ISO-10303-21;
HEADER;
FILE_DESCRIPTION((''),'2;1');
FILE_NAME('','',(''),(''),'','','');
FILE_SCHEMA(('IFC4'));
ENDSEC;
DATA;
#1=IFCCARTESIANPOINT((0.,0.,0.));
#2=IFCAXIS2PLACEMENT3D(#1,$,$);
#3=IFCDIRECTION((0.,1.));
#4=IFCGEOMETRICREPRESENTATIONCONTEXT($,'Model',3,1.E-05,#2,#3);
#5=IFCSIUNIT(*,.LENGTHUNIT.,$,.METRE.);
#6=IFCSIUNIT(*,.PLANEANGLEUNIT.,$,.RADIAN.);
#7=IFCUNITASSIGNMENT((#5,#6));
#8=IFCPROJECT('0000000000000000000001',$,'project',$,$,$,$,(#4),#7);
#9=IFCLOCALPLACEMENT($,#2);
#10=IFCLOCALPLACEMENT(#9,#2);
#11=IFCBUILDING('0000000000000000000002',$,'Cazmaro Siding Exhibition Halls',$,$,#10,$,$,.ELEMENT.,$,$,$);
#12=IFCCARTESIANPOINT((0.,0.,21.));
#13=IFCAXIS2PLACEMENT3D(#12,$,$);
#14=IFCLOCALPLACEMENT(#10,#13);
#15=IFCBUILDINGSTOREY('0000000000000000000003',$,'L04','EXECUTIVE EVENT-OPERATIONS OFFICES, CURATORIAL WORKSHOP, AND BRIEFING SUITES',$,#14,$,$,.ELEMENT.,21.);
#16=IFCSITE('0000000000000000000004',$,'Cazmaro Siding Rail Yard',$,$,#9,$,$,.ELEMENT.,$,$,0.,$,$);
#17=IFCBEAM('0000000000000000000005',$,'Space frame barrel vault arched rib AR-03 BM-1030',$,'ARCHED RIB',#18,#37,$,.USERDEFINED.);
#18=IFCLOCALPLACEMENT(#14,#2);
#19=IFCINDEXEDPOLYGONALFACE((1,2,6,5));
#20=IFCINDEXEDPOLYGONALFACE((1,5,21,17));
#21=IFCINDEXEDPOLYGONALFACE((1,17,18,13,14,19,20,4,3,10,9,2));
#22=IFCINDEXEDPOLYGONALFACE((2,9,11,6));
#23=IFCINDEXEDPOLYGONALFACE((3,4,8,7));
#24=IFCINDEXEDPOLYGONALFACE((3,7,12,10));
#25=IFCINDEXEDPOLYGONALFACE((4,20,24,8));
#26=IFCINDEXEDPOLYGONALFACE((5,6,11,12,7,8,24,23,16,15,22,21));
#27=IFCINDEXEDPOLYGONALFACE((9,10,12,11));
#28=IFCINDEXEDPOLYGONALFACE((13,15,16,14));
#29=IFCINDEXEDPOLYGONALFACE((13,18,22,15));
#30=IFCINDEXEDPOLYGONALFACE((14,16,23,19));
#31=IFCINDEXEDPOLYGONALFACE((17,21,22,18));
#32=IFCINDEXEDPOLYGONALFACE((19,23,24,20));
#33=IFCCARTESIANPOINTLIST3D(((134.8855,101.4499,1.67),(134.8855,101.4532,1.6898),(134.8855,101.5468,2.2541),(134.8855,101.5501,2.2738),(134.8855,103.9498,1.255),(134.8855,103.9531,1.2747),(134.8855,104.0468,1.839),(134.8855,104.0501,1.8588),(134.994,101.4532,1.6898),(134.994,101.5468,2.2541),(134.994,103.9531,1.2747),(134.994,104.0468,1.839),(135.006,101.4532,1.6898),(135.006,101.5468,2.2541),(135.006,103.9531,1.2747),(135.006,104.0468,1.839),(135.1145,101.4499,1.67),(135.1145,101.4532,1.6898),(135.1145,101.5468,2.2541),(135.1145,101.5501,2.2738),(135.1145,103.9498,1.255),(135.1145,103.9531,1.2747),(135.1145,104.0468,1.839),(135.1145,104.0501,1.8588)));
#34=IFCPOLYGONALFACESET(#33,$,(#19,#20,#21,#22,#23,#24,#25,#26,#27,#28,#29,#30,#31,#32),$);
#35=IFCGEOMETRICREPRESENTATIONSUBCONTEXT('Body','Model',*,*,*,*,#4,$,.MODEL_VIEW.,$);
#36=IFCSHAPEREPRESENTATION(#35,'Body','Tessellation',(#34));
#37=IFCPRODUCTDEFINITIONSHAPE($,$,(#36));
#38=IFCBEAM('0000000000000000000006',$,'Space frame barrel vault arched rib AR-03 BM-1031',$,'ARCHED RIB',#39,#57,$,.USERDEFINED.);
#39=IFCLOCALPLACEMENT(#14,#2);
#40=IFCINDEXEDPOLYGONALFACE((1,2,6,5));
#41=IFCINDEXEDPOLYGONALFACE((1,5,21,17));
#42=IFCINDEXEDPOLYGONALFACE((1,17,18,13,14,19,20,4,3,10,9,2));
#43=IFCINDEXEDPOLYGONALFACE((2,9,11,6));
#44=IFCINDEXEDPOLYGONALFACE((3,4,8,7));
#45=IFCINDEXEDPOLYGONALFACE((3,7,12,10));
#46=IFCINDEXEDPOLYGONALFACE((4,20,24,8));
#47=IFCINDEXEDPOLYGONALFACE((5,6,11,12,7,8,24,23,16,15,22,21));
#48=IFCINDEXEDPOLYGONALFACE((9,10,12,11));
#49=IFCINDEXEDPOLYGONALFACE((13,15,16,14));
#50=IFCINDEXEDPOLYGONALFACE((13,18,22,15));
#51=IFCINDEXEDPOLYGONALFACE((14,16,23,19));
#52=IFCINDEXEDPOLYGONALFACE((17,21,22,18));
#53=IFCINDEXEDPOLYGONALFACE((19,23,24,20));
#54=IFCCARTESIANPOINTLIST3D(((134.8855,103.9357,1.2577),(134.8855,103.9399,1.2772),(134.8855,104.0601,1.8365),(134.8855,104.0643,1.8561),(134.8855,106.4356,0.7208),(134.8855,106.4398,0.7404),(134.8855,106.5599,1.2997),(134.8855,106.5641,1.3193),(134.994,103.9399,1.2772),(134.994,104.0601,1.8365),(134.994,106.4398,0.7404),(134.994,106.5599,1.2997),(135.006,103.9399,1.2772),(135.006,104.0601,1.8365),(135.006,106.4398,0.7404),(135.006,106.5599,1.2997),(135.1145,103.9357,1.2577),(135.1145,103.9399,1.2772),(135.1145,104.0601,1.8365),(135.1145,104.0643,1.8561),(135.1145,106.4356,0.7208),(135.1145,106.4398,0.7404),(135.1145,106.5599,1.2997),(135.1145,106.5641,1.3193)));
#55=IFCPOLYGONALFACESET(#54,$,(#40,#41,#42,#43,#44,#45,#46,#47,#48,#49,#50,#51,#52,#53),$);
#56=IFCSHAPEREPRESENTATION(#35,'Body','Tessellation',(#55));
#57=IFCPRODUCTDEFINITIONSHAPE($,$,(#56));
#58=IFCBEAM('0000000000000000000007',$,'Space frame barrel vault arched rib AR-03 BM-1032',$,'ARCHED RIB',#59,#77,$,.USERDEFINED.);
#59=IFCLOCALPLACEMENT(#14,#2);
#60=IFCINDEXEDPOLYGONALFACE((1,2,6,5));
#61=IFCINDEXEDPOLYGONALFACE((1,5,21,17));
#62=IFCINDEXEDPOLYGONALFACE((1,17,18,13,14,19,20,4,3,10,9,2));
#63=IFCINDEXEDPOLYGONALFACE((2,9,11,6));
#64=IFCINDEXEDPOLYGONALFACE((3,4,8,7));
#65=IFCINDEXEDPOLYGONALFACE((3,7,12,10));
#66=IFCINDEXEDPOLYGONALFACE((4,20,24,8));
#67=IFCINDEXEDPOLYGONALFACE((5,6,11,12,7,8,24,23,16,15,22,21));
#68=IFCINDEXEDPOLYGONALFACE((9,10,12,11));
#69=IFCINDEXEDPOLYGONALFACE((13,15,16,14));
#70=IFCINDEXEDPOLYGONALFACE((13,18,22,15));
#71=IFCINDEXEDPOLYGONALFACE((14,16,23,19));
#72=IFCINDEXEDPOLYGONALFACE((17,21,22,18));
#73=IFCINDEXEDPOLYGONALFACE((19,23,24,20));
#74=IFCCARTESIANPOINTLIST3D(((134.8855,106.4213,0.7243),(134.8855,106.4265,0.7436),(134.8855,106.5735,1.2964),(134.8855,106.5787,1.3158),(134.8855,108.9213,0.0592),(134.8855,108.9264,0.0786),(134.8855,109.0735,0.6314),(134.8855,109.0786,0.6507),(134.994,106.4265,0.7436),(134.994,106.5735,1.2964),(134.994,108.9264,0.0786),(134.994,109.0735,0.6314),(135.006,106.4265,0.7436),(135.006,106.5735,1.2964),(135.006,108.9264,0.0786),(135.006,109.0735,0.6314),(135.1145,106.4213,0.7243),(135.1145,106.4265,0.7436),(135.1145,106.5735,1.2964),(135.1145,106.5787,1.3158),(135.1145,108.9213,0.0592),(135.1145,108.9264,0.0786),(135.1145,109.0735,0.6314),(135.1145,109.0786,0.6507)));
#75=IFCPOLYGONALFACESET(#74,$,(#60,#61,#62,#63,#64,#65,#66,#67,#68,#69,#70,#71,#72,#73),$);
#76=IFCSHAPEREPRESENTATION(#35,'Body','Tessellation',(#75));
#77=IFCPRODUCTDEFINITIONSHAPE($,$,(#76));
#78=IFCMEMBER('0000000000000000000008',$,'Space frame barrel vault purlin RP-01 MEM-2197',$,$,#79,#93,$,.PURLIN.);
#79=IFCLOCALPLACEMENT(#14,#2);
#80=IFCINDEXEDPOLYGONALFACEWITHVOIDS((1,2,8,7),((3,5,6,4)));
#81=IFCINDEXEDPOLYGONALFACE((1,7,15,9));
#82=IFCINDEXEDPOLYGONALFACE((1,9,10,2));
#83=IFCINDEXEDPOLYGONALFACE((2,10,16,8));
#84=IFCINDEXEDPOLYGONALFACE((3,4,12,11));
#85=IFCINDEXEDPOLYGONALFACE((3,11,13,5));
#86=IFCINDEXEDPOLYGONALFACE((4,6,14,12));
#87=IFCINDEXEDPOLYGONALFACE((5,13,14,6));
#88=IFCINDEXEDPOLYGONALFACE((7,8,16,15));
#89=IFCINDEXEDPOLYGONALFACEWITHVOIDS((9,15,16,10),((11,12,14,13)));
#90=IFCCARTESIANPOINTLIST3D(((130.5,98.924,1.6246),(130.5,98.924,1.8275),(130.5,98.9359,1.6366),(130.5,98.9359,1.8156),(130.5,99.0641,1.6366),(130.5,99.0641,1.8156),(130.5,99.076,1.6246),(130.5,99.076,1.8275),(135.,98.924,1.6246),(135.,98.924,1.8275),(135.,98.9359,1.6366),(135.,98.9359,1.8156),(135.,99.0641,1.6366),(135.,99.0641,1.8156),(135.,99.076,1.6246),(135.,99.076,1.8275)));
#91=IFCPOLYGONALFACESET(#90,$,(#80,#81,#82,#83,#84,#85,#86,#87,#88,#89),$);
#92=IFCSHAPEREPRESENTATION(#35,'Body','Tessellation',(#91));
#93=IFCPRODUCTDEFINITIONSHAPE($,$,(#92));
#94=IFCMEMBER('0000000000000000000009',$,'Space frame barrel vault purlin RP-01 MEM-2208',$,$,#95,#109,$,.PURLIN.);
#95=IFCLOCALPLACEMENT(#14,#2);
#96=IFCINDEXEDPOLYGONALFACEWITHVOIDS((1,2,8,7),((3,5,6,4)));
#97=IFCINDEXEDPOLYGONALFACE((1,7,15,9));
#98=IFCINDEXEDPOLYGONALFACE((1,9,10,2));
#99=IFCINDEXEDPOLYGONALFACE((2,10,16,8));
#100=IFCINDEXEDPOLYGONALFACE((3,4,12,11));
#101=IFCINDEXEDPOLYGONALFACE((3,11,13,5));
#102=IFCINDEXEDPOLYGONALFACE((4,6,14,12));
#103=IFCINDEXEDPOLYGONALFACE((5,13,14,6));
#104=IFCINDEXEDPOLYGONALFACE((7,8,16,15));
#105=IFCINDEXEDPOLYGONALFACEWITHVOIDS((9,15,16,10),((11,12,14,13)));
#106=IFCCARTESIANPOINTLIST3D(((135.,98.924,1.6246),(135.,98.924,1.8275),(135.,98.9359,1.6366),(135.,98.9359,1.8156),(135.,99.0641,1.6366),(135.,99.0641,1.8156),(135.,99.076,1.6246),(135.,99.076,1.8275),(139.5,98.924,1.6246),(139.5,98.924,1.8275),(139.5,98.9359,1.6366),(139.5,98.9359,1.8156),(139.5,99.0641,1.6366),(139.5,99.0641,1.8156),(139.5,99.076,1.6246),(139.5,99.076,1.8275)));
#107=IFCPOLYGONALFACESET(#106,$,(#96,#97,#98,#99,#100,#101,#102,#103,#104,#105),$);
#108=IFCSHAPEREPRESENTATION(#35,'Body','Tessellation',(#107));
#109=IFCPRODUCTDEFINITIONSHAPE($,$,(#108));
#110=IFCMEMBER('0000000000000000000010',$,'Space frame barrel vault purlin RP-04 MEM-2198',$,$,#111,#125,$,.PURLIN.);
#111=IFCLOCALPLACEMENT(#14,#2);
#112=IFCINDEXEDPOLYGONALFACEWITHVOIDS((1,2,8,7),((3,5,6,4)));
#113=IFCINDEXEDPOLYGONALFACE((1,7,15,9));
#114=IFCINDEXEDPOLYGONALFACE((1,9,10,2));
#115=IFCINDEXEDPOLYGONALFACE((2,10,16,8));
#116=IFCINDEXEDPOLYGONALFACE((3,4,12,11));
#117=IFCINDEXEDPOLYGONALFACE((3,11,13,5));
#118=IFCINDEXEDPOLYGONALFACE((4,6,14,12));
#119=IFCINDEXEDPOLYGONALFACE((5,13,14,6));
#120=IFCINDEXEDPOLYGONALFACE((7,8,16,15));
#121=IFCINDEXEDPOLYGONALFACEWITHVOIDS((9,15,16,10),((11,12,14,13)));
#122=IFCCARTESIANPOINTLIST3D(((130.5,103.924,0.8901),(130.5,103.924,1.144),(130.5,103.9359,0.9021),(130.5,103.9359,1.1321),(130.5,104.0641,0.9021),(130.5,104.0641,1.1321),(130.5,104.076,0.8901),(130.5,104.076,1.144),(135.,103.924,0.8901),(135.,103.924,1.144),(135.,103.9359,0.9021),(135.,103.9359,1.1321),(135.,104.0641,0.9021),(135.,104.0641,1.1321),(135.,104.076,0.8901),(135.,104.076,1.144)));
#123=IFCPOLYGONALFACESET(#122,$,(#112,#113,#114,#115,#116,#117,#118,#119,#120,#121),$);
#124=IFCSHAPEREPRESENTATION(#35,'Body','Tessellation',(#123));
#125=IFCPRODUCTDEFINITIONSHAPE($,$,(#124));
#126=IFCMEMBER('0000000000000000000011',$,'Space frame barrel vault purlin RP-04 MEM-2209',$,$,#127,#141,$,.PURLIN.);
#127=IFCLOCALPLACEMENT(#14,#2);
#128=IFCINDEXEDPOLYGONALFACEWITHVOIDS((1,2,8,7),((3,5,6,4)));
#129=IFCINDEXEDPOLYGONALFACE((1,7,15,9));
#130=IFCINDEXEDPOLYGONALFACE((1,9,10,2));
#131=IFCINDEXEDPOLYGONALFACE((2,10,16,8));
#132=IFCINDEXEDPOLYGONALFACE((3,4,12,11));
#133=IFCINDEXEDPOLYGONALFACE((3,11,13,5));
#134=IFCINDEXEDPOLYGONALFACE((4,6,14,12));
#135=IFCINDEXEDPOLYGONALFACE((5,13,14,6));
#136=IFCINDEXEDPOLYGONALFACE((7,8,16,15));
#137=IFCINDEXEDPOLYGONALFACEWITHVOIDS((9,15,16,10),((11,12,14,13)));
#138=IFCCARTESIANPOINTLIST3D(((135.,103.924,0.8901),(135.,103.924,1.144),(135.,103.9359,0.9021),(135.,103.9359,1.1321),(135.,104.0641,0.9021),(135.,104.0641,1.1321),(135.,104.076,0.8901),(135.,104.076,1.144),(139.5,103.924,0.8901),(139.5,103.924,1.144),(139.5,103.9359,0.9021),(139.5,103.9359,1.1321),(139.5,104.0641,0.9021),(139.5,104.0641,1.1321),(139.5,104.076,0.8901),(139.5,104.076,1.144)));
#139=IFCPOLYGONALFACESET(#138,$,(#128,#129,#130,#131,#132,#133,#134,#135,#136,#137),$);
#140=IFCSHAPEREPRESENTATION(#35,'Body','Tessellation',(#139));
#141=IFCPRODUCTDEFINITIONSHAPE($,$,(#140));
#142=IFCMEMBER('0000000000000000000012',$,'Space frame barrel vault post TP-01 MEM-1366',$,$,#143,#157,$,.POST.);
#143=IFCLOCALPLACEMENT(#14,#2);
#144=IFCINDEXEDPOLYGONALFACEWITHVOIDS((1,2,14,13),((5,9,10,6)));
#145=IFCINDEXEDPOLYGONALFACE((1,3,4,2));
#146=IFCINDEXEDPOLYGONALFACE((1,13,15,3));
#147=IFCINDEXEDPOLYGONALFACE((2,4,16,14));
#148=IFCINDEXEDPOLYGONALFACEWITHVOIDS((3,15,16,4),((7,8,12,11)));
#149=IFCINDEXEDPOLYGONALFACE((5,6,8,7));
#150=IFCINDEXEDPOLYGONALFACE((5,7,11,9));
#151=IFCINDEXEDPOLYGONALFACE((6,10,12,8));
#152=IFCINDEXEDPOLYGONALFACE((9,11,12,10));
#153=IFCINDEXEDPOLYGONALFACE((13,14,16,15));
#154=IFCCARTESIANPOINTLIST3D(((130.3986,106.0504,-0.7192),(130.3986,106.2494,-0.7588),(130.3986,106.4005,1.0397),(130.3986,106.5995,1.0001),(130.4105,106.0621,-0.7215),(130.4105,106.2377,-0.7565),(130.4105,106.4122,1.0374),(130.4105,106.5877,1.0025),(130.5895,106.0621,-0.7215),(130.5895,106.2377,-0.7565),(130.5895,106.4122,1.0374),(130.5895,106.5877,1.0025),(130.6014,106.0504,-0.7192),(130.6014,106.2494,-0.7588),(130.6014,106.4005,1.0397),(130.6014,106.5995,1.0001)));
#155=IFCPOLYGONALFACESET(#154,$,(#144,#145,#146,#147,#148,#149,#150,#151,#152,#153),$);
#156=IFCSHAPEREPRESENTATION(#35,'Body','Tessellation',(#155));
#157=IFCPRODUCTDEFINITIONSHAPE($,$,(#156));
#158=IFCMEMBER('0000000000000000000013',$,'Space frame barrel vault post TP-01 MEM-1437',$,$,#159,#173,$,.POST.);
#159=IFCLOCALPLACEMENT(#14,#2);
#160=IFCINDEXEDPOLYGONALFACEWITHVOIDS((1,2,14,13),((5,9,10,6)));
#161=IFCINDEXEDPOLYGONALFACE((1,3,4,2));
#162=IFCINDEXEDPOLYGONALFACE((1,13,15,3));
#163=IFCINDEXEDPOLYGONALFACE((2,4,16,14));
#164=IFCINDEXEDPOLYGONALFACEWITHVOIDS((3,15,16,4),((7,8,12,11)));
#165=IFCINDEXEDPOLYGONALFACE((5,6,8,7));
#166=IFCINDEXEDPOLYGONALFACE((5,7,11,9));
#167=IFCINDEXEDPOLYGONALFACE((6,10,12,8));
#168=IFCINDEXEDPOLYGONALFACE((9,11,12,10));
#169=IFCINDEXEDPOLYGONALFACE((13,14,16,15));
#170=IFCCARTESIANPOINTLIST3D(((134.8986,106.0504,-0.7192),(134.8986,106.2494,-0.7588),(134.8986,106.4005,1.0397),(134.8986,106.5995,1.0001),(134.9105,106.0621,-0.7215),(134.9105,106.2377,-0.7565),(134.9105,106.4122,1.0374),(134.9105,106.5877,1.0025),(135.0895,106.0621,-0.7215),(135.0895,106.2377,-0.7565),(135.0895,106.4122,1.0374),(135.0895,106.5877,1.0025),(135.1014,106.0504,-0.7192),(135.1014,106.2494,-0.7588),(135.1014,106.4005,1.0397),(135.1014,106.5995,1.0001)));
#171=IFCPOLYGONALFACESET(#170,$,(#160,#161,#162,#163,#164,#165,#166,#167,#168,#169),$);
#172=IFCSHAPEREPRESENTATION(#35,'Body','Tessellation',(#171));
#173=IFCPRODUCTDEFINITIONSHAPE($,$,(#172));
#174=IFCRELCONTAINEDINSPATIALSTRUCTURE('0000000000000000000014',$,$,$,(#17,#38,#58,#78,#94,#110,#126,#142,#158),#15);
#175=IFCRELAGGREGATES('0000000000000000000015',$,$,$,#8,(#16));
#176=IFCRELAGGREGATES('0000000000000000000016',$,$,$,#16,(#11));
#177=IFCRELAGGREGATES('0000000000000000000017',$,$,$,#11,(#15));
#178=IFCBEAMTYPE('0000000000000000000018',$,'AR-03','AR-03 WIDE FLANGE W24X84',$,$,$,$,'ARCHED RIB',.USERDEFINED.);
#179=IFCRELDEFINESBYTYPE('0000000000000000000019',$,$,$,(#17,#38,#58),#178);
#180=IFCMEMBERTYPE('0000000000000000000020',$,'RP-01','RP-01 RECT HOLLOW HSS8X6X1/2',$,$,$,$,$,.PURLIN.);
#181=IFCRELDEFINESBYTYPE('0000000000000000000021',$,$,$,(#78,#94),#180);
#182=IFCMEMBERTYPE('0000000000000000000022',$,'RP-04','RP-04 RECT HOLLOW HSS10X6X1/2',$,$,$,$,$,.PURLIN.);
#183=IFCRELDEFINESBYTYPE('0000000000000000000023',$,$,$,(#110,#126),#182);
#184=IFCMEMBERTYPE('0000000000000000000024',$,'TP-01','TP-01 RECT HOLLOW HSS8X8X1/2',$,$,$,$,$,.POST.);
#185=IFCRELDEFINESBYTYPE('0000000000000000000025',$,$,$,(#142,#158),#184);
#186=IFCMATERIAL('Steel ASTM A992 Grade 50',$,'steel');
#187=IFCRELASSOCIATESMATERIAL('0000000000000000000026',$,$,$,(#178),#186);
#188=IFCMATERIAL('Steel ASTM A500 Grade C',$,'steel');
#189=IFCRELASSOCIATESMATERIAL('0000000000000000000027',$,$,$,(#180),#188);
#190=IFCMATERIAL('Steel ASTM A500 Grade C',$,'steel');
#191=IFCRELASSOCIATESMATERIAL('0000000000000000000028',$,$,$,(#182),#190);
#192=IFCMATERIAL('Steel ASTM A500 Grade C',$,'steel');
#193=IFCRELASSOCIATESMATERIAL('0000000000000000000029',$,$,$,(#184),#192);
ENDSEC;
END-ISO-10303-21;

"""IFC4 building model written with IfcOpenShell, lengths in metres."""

from ifc_helpers import new_model, si_unit, direction, frame, origin, origin_2d, place, context, subcontext, project, spatial, hollow_rectangle, i_section, extrude, material, material_profile, profile_set, type_object, element, save


model = new_model("IFC4")

# Units and contexts
model_context = context("Model", 3, precision=1e-05, world=origin(), true_north=direction((0.0, 1.0)))
body_context = subcontext(model_context, "Body", "Model", "MODEL_VIEW")
ifc_project = project(units=[si_unit("LENGTHUNIT", "METRE"), si_unit("PLANEANGLEUNIT", "RADIAN")], contexts=[model_context])

# Site, building, storey
site_placement = place(None, origin())
site = spatial("IfcSite", under=ifc_project, at=site_placement, Name="Cazmaro Siding Rail Yard", CompositionType="ELEMENT", RefElevation=0.0)
building_placement = place(site_placement, origin())
building = spatial("IfcBuilding", under=site, at=building_placement, Name="Cazmaro Siding Exhibition Halls", CompositionType="ELEMENT")
storey_placement = place(building_placement, frame((0.0, 0.0, 21.0)))
storey = spatial("IfcBuildingStorey", under=building, at=storey_placement, Name="L04", Description="EXECUTIVE EVENT-OPERATIONS OFFICES, CURATORIAL WORKSHOP, AND BRIEFING SUITES", CompositionType="ELEMENT", Elevation=21.0)

# Beams
ifc_material_1 = material(Name="Steel ASTM A992 Grade 50", Category="steel")
ifc_material_profile_1 = material_profile(ifc_material_1, i_section(OverallWidth=0.229, OverallDepth=0.6121, WebThickness=0.012, FlangeThickness=0.02, at=origin_2d()), Name="W24X84")
ifc_profile_set_1 = profile_set([ifc_material_profile_1], Name="Steel ASTM A992 Grade 50")
beam_type_1 = type_object("IfcBeamType", Name="AR-03", Description="AR-03 WIDE FLANGE W24X84", ElementType="ARCHED RIB", PredefinedType="USERDEFINED", material=ifc_profile_set_1)
beam_1_placement = place(storey_placement, frame((135.0, 101.5, 1.9719), z_axis=(0.0, 0.986498, -0.163774), x_axis=(-1.0, 0.0, 0.0)))
element("IfcBeam", 1, at=beam_1_placement, inside=storey, type_object=beam_type_1, Name="Space frame barrel vault arched rib AR-03 BM-1030", ObjectType="ARCHED RIB", PredefinedType="USERDEFINED", context=body_context, shape_type="SweptSolid", body=[
    extrude(i_section(OverallWidth=0.229, OverallDepth=0.6121, WebThickness=0.012, FlangeThickness=0.02, at=origin_2d()), origin(), (0.0, 0.0, 1.0), 2.5342),
])
beam_2_placement = place(storey_placement, frame((135.0, 104.0, 1.5569), z_axis=(0.0, 0.97771, -0.209959), x_axis=(-1.0, 0.0, 0.0)))
element("IfcBeam", 2, at=beam_2_placement, inside=storey, type_object=beam_type_1, Name="Space frame barrel vault arched rib AR-03 BM-1031", ObjectType="ARCHED RIB", PredefinedType="USERDEFINED", context=body_context, shape_type="SweptSolid", body=[
    extrude(i_section(OverallWidth=0.229, OverallDepth=0.6121, WebThickness=0.012, FlangeThickness=0.02, at=origin_2d()), origin(), (0.0, 0.0, 1.0), 2.5569),
])
beam_3_placement = place(storey_placement, frame((135.0, 106.5, 1.02), z_axis=(0.0, 0.966391, -0.257075), x_axis=(-1.0, 0.0, 0.0)))
element("IfcBeam", 3, at=beam_3_placement, inside=storey, type_object=beam_type_1, Name="Space frame barrel vault arched rib AR-03 BM-1032", ObjectType="ARCHED RIB", PredefinedType="USERDEFINED", context=body_context, shape_type="SweptSolid", body=[
    extrude(i_section(OverallWidth=0.229, OverallDepth=0.6121, WebThickness=0.012, FlangeThickness=0.02, at=origin_2d()), origin(), (0.0, 0.0, 1.0), 2.5869),
])

# Members
ifc_material_2 = material(Name="Steel ASTM A500 Grade C", Category="steel")
ifc_material_profile_2 = material_profile(ifc_material_2, hollow_rectangle(XDim=0.1521, YDim=0.2029, WallThickness=0.012, at=origin_2d()), Name="HSS8X6X1/2")
ifc_profile_set_2 = profile_set([ifc_material_profile_2], Name="Steel ASTM A500 Grade C")
member_type_1 = type_object("IfcMemberType", Name="RP-01", Description="RP-01 RECT HOLLOW HSS8X6X1/2", PredefinedType="PURLIN", material=ifc_profile_set_2)
for number, where, z_axis, x_axis, name in (
    (4, (130.5, 99.0, 1.7261), (1.0, 0.0, 0.0), (0.0, 1.0, 0.0), "Space frame barrel vault purlin RP-01 MEM-2197"),
    (5, (135.0, 99.0, 1.7261), (1.0, 0.0, 0.0), (0.0, 1.0, 0.0), "Space frame barrel vault purlin RP-01 MEM-2208"),
):
    element("IfcMember", number, at=place(storey_placement, frame(where, z_axis=z_axis, x_axis=x_axis)), inside=storey, type_object=member_type_1, Name=name, PredefinedType="PURLIN", context=body_context, shape_type="SweptSolid", body=[
        extrude(hollow_rectangle(XDim=0.1521, YDim=0.2029, WallThickness=0.012, at=origin_2d()), origin(), (0.0, 0.0, 1.0), 4.5),
    ])
ifc_material_3 = material(Name="Steel ASTM A500 Grade C", Category="steel")
ifc_material_profile_3 = material_profile(ifc_material_3, hollow_rectangle(XDim=0.1521, YDim=0.2539, WallThickness=0.012, at=origin_2d()), Name="HSS10X6X1/2")
ifc_profile_set_3 = profile_set([ifc_material_profile_3], Name="Steel ASTM A500 Grade C")
member_type_2 = type_object("IfcMemberType", Name="RP-04", Description="RP-04 RECT HOLLOW HSS10X6X1/2", PredefinedType="PURLIN", material=ifc_profile_set_3)
for number, where, z_axis, x_axis, name in (
    (6, (130.5, 104.0, 1.0171), (1.0, 0.0, 0.0), (0.0, 1.0, 0.0), "Space frame barrel vault purlin RP-04 MEM-2198"),
    (7, (135.0, 104.0, 1.0171), (1.0, 0.0, 0.0), (0.0, 1.0, 0.0), "Space frame barrel vault purlin RP-04 MEM-2209"),
):
    element("IfcMember", number, at=place(storey_placement, frame(where, z_axis=z_axis, x_axis=x_axis)), inside=storey, type_object=member_type_2, Name=name, PredefinedType="PURLIN", context=body_context, shape_type="SweptSolid", body=[
        extrude(hollow_rectangle(XDim=0.1521, YDim=0.2539, WallThickness=0.012, at=origin_2d()), origin(), (0.0, 0.0, 1.0), 4.5),
    ])
ifc_material_4 = material(Name="Steel ASTM A500 Grade C", Category="steel")
ifc_material_profile_4 = material_profile(ifc_material_4, hollow_rectangle(XDim=0.2029, YDim=0.2029, WallThickness=0.012, at=origin_2d()), Name="HSS8X8X1/2")
ifc_profile_set_4 = profile_set([ifc_material_profile_4], Name="Steel ASTM A500 Grade C")
member_type_3 = type_object("IfcMemberType", Name="TP-01", Description="TP-01 RECT HOLLOW HSS8X8X1/2", PredefinedType="POST", material=ifc_profile_set_4)
for number, where, z_axis, x_axis, name in (
    (8, (130.5, 106.1499, -0.739), (0.0, 0.1952, 0.980763), (-1.0, 0.0, 0.0), "Space frame barrel vault post TP-01 MEM-1366"),
    (9, (135.0, 106.1499, -0.739), (0.0, 0.1952, 0.980763), (-1.0, 0.0, 0.0), "Space frame barrel vault post TP-01 MEM-1437"),
):
    element("IfcMember", number, at=place(storey_placement, frame(where, z_axis=z_axis, x_axis=x_axis)), inside=storey, type_object=member_type_3, Name=name, PredefinedType="POST", context=body_context, shape_type="SweptSolid", body=[
        extrude(hollow_rectangle(XDim=0.2029, YDim=0.2029, WallThickness=0.012, at=origin_2d()), origin(), (0.0, 0.0, 1.0), 1.7935),
    ])

save(model, "model.ifc")
